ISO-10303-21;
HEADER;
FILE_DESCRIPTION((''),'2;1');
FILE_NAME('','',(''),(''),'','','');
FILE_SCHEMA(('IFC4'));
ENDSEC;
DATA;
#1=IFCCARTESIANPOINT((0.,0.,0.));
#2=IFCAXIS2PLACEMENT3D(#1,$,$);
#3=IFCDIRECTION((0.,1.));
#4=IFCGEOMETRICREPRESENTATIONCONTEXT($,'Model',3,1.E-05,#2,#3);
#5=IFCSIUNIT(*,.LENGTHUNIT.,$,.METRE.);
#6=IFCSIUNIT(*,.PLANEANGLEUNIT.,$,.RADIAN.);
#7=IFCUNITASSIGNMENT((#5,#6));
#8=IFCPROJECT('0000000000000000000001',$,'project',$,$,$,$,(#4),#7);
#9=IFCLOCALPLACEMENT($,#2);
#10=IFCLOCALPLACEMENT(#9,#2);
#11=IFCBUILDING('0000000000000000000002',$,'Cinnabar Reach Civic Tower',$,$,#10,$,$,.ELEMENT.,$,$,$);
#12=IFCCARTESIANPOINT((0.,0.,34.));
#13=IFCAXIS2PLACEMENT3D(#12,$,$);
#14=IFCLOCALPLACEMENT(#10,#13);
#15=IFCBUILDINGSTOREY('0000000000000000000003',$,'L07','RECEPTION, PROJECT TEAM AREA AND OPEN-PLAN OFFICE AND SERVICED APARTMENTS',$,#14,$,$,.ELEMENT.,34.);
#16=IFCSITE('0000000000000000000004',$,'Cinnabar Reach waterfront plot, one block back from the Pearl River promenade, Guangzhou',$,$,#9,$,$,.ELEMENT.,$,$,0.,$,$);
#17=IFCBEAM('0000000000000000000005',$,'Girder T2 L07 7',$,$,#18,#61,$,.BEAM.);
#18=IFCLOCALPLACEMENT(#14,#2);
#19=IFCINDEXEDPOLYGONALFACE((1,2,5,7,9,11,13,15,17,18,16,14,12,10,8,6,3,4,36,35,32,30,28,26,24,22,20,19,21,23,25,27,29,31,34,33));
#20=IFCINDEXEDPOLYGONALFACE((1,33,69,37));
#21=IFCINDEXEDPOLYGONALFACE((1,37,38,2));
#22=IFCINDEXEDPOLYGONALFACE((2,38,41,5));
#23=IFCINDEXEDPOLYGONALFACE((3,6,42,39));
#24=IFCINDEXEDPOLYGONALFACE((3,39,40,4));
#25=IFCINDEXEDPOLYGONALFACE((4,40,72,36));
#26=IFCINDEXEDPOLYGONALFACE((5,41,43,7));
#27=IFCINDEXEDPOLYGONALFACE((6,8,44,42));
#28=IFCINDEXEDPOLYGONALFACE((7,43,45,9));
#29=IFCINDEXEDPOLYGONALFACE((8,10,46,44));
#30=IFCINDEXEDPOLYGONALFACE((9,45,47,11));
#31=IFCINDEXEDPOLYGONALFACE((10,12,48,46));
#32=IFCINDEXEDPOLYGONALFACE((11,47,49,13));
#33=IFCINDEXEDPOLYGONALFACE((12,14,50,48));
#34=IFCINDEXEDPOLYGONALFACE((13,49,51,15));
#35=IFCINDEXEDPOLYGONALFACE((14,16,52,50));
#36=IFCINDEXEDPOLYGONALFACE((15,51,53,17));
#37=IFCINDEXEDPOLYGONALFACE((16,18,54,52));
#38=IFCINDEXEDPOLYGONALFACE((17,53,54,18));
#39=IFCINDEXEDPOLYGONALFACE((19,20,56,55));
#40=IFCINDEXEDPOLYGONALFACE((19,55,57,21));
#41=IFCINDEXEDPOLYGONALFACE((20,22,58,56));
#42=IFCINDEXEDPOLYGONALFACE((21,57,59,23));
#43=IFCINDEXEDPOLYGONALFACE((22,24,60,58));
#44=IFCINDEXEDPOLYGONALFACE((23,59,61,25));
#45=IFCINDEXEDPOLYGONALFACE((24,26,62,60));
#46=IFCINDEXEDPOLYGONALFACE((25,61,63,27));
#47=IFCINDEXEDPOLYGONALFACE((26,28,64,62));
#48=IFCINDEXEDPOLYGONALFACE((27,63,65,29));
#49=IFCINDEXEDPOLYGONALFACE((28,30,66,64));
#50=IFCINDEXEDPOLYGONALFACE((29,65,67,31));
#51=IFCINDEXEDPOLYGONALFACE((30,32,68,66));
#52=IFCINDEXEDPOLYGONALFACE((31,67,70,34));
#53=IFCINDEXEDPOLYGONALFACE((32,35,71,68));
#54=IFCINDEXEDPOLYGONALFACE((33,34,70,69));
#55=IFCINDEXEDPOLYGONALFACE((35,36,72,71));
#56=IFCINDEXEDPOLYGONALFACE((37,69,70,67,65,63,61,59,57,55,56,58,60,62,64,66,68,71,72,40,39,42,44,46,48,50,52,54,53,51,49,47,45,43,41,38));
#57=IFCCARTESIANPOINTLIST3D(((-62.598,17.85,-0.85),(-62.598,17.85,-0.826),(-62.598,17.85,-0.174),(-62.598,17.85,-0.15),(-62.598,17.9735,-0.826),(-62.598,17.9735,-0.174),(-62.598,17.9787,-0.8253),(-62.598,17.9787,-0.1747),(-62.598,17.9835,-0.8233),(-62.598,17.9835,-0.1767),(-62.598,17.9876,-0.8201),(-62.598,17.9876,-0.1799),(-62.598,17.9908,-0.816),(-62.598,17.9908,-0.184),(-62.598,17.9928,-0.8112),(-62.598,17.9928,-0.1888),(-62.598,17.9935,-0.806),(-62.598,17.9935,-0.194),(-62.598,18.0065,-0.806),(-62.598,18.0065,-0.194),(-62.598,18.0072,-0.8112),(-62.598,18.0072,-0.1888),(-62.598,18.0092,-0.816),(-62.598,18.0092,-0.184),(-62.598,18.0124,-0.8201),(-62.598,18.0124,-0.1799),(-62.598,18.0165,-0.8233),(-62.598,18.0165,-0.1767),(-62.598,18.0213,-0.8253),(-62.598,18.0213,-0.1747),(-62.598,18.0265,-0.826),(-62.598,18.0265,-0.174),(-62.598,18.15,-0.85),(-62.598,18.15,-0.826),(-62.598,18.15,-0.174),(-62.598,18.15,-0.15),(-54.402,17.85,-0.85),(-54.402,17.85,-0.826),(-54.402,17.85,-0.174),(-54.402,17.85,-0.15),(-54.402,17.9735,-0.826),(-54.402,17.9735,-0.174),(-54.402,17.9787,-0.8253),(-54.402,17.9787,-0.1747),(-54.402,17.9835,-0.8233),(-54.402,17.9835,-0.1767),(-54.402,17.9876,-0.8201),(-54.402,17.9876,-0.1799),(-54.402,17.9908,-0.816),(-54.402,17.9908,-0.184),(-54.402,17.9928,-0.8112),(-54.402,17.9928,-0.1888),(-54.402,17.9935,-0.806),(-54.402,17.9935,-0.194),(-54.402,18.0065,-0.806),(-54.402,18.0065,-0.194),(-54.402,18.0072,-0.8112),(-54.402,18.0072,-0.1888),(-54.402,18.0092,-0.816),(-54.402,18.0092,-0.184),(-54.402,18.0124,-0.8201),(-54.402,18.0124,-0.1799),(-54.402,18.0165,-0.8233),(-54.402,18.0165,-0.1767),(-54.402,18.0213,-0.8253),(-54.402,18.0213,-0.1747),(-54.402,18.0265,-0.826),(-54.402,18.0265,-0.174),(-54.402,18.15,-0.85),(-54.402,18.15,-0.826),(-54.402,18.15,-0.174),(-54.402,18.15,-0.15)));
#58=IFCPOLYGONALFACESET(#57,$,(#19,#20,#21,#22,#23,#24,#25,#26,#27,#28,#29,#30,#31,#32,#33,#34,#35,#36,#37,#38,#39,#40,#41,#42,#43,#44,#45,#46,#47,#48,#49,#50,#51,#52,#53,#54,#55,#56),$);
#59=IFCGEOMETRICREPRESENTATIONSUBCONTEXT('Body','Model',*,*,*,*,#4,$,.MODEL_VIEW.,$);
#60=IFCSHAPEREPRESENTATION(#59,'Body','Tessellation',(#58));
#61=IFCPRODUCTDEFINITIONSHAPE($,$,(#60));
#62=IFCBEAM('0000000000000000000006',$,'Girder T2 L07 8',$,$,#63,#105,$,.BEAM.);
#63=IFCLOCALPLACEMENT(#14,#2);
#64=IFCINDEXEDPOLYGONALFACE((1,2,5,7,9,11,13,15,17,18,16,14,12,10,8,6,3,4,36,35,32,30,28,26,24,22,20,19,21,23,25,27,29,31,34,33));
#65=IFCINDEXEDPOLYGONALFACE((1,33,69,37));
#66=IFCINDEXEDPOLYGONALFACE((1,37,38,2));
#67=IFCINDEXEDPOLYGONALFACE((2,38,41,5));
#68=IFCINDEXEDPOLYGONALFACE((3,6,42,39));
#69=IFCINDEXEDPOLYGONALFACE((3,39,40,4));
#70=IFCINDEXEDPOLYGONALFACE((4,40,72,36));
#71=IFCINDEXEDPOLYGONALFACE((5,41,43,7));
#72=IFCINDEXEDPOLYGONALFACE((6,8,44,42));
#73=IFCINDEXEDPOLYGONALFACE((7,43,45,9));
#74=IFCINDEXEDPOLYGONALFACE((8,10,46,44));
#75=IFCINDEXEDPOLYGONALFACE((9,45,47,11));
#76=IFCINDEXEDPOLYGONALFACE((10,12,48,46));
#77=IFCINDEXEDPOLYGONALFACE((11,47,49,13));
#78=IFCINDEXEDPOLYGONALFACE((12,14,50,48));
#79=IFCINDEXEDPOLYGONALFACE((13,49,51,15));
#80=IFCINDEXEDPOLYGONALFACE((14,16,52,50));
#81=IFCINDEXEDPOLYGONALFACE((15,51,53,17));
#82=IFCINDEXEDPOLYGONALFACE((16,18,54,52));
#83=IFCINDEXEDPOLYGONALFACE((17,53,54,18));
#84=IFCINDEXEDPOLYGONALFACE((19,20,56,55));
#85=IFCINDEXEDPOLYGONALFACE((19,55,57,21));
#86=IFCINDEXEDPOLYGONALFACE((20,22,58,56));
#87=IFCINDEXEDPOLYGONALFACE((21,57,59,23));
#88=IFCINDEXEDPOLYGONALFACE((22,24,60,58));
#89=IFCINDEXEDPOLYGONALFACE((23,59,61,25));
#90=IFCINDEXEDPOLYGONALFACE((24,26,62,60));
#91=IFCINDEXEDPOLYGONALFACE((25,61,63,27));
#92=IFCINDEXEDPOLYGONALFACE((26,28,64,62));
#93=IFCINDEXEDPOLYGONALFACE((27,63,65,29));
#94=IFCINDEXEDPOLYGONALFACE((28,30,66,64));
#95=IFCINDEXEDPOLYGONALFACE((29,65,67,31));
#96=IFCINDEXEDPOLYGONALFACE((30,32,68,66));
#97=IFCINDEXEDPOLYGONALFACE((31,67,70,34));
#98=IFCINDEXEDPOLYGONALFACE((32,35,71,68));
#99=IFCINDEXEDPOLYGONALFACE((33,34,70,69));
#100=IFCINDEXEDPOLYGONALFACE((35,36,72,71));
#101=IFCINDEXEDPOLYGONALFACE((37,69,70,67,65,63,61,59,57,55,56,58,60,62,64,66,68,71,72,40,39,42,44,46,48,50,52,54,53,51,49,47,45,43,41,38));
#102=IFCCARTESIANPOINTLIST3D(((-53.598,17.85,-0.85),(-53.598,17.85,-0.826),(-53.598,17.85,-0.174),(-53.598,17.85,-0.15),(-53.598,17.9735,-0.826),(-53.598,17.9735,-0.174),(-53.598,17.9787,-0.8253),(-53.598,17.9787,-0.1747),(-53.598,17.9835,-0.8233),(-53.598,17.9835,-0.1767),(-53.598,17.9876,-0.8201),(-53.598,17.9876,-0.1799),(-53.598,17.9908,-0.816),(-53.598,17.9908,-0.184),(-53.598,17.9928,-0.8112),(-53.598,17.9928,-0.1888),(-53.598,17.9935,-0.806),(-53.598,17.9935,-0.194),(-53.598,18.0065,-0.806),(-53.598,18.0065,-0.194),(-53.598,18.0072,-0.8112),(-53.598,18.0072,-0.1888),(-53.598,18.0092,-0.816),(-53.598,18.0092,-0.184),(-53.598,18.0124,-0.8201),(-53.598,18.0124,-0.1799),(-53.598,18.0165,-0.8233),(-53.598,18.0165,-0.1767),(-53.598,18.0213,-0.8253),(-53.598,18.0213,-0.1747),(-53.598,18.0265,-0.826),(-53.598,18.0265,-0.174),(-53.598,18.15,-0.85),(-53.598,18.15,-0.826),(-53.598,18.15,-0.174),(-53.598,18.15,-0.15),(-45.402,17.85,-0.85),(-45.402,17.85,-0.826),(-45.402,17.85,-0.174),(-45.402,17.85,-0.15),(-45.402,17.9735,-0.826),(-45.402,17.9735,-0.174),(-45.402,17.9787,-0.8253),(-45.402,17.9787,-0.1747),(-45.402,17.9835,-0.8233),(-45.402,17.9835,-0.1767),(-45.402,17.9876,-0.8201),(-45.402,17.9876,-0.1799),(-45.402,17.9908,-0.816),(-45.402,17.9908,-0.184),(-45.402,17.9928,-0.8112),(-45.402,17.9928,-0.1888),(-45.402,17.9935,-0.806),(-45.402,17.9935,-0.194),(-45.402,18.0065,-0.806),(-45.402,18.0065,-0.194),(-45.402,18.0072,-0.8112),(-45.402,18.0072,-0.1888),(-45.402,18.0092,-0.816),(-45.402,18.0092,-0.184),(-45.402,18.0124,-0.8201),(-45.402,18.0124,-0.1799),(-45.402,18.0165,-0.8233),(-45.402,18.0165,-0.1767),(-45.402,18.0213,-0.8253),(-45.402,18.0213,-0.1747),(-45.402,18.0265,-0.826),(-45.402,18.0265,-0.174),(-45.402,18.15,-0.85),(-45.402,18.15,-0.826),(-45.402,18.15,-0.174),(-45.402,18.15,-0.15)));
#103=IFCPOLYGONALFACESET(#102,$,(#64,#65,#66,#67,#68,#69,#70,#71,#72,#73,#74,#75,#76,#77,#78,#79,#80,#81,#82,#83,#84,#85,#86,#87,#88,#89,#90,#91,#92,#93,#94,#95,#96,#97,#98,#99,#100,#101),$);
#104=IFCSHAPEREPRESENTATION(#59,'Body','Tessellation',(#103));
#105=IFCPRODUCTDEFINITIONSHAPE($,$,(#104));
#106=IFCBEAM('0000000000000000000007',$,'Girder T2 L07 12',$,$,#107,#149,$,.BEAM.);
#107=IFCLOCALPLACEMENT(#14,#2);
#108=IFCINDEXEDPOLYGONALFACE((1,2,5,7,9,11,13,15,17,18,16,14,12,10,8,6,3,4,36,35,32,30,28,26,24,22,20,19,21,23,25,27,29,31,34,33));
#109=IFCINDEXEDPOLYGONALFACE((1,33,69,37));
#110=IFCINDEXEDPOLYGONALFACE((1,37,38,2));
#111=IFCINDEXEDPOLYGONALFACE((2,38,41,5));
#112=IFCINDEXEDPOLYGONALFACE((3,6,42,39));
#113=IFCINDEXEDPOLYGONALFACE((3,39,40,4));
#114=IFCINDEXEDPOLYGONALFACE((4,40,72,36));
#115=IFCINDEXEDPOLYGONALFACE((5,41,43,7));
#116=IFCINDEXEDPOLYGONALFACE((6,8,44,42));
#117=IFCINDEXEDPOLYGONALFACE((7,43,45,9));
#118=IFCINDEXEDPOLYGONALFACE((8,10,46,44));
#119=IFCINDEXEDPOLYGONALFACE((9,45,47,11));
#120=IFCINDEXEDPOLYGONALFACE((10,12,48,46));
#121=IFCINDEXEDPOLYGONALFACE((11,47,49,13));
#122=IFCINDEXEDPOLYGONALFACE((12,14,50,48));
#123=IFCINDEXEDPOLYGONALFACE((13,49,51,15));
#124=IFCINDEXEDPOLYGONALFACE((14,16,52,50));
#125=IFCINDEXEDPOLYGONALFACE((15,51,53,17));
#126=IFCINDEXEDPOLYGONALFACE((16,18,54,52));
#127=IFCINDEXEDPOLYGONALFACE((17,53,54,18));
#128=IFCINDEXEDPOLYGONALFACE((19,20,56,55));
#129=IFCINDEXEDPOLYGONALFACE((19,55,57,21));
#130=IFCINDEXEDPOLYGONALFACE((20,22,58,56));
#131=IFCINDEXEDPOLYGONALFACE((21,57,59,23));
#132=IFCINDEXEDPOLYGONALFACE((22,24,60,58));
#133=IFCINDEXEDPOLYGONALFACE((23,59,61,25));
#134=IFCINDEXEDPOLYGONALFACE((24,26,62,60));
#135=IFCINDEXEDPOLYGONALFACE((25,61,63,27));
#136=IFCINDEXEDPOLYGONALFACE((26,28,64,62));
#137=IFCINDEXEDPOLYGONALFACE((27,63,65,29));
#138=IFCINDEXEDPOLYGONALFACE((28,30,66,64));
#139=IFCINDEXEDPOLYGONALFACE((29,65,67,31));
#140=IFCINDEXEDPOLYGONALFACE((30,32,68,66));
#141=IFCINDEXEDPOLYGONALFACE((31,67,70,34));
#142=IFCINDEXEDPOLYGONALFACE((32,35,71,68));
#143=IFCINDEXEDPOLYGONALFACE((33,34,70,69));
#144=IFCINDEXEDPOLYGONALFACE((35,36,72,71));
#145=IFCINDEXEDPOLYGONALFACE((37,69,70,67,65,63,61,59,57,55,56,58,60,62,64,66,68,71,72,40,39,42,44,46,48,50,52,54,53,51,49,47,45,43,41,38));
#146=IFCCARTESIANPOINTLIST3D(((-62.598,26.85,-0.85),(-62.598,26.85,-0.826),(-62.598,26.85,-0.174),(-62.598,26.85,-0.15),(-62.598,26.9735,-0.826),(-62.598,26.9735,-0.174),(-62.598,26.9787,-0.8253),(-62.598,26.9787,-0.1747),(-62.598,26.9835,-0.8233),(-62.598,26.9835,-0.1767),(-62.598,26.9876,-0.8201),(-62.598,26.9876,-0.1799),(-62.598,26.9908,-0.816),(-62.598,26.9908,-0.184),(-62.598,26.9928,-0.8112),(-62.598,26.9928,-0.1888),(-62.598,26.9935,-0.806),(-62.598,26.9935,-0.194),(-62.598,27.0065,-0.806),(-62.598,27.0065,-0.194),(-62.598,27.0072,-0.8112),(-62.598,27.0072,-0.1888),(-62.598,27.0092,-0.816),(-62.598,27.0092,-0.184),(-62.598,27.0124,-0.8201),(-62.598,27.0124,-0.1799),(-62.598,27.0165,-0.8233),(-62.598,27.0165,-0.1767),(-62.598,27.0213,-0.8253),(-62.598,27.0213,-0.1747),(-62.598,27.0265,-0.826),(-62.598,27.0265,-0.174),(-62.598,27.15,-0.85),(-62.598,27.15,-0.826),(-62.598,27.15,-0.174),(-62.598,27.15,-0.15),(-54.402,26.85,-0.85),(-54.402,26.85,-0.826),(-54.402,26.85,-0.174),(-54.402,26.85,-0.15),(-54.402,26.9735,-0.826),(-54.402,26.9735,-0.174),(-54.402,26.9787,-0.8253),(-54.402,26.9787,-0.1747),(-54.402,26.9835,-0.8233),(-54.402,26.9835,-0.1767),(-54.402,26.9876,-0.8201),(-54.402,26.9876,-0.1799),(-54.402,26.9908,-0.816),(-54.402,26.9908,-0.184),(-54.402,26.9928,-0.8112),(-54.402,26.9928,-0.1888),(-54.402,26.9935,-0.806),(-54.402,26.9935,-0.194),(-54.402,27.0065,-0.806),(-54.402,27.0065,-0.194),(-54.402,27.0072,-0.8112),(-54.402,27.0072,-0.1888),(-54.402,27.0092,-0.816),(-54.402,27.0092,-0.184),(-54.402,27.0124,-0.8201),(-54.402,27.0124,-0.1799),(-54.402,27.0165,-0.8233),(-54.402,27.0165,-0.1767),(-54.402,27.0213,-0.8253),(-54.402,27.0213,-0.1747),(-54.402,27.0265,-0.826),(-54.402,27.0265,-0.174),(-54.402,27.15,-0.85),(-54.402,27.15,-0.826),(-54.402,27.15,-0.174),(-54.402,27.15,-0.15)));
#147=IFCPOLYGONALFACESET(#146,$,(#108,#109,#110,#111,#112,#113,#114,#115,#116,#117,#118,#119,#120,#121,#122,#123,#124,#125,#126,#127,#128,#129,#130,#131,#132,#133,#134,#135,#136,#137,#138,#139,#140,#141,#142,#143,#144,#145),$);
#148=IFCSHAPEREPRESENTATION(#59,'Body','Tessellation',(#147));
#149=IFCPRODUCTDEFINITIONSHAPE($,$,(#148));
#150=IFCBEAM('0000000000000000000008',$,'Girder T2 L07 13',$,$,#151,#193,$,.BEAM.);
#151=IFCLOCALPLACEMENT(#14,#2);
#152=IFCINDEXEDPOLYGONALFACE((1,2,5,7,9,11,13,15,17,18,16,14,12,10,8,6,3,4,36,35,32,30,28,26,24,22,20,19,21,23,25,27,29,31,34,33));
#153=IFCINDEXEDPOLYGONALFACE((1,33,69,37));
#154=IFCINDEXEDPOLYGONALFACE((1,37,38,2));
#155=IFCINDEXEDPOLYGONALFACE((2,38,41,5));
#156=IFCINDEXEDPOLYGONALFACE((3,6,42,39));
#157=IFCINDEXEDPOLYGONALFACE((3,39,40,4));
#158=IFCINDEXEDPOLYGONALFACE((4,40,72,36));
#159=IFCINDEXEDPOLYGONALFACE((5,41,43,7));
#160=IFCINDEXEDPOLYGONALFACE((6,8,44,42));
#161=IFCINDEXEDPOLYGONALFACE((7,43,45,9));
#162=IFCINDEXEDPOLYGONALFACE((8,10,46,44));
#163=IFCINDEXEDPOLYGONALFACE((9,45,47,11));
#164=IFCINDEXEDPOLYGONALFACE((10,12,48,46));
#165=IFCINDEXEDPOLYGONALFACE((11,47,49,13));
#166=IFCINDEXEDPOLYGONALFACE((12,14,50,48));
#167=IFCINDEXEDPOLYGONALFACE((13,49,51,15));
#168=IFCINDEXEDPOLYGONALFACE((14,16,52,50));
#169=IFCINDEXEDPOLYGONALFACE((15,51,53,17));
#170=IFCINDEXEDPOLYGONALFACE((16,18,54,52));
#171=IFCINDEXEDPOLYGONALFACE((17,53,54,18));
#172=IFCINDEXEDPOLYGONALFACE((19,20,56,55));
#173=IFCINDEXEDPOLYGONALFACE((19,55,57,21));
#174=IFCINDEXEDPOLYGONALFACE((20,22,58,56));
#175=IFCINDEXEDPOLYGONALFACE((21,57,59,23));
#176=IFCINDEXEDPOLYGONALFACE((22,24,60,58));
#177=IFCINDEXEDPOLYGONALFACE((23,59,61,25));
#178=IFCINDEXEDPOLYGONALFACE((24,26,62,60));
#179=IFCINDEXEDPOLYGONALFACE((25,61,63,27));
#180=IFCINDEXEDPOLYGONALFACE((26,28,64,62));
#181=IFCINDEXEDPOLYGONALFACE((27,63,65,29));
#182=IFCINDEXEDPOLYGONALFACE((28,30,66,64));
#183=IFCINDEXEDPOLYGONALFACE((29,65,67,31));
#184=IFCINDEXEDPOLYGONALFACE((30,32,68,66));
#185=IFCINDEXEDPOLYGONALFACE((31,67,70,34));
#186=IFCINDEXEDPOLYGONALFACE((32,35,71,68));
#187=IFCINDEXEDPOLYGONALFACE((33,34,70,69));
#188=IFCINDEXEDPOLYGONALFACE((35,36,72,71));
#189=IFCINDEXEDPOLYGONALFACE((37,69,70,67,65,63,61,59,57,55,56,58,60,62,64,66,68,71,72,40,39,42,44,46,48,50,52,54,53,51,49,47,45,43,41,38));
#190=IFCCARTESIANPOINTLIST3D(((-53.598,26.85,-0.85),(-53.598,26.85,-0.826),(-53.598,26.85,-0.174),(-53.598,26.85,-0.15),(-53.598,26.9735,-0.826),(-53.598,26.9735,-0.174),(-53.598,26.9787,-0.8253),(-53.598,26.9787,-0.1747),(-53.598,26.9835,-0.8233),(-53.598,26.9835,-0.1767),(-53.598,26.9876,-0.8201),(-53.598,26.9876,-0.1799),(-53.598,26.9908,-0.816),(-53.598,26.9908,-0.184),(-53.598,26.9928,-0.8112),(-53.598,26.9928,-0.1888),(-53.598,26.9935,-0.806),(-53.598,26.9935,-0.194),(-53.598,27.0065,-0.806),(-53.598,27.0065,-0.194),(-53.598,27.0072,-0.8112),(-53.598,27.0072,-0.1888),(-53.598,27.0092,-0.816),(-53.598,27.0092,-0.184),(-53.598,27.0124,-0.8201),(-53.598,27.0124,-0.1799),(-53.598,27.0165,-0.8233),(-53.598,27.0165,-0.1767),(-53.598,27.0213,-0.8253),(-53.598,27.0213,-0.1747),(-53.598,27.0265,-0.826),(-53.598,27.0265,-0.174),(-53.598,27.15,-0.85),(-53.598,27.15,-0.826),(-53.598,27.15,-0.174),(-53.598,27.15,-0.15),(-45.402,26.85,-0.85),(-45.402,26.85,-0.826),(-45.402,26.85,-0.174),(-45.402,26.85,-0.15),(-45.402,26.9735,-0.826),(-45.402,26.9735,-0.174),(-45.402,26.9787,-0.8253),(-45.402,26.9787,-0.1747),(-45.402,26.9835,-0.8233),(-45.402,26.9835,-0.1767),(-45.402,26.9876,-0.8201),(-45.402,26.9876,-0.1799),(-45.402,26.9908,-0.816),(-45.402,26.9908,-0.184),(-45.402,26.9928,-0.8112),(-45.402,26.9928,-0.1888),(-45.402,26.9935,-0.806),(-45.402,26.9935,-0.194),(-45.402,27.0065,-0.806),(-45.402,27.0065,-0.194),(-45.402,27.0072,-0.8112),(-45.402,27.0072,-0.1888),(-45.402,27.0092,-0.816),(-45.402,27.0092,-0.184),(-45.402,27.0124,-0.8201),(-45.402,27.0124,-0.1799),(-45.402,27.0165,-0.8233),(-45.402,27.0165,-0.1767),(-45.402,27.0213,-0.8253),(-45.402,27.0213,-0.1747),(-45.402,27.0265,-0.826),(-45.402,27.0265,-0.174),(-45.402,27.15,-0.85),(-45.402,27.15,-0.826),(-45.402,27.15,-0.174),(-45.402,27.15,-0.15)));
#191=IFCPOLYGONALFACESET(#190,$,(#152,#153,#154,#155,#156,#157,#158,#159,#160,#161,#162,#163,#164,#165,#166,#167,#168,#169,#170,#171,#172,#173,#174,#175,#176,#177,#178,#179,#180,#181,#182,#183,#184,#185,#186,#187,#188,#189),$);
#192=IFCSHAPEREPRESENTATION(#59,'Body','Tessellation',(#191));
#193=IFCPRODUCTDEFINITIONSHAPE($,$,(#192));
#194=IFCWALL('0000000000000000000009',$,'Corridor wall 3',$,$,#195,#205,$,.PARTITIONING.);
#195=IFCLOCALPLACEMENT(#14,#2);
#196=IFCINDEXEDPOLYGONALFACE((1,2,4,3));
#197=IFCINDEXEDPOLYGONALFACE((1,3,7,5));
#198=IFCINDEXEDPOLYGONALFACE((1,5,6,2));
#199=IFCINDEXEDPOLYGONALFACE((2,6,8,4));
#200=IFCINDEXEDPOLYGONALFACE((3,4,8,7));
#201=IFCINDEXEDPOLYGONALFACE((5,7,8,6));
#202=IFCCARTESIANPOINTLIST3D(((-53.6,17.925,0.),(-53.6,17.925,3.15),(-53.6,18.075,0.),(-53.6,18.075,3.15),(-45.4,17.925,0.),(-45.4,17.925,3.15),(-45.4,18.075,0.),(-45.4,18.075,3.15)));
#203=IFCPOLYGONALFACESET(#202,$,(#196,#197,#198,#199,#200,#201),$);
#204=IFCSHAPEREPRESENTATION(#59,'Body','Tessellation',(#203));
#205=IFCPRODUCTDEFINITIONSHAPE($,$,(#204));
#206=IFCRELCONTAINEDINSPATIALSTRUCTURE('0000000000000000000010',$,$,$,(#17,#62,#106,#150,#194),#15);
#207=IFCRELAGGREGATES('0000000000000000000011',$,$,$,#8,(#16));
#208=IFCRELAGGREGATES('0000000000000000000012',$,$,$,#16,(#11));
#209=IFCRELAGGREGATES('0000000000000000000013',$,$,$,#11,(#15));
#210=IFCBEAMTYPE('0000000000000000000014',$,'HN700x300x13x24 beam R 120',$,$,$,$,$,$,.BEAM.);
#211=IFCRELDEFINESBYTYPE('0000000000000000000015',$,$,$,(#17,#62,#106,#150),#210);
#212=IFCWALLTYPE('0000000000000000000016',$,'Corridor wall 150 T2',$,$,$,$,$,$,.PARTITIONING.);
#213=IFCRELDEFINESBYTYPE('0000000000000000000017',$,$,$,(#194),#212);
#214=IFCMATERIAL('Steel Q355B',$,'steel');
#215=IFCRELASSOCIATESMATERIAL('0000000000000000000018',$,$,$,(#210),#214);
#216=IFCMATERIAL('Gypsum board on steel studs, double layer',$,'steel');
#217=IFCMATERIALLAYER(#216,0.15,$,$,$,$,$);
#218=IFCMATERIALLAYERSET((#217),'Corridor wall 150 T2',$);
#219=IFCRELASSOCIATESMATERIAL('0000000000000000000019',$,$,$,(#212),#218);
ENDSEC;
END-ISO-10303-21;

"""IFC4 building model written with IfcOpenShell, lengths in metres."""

from ifc_helpers import new_model, si_unit, direction, frame, frame_2d, origin, origin_2d, place, context, subcontext, project, spatial, rectangle, i_section, extrude, material, layer, layer_set, material_profile, profile_set, type_object, element, save


model = new_model("IFC4")

# Units and contexts
model_context = context("Model", 3, precision=1e-05, world=origin(), true_north=direction((0.0, 1.0)))
body_context = subcontext(model_context, "Body", "Model", "MODEL_VIEW")
ifc_project = project(units=[si_unit("LENGTHUNIT", "METRE"), si_unit("PLANEANGLEUNIT", "RADIAN")], contexts=[model_context])

# Site, building, storey
site_placement = place(None, origin())
site = spatial("IfcSite", under=ifc_project, at=site_placement, Name="Cinnabar Reach waterfront plot, one block back from the Pearl River promenade, Guangzhou", CompositionType="ELEMENT", RefElevation=0.0)
building_placement = place(site_placement, origin())
building = spatial("IfcBuilding", under=site, at=building_placement, Name="Cinnabar Reach Civic Tower", CompositionType="ELEMENT")
storey_placement = place(building_placement, frame((0.0, 0.0, 34.0)))
storey = spatial("IfcBuildingStorey", under=building, at=storey_placement, Name="L07", Description="RECEPTION, PROJECT TEAM AREA AND OPEN-PLAN OFFICE AND SERVICED APARTMENTS", CompositionType="ELEMENT", Elevation=34.0)

# Beams
ifc_material_1 = material(Name="Steel Q355B", Category="steel")
ifc_material_profile_1 = material_profile(ifc_material_1, i_section(OverallWidth=0.3, OverallDepth=0.7, WebThickness=0.013, FlangeThickness=0.024, FilletRadius=0.02, at=origin_2d()), Name="HN700x300x13x24")
ifc_profile_set_1 = profile_set([ifc_material_profile_1], Name="Steel Q355B")
beam_type_1 = type_object("IfcBeamType", Name="HN700x300x13x24 beam R 120", PredefinedType="BEAM", material=ifc_profile_set_1)
for number, where, z_axis, x_axis, name in (
    (1, (-62.598, 18.0, -0.5), (1.0, 0.0, 0.0), (0.0, 1.0, 0.0), "Girder T2 L07 7"),
    (2, (-53.598, 18.0, -0.5), (1.0, 0.0, 0.0), (0.0, 1.0, 0.0), "Girder T2 L07 8"),
    (3, (-62.598, 27.0, -0.5), (1.0, 0.0, 0.0), (0.0, 1.0, 0.0), "Girder T2 L07 12"),
    (4, (-53.598, 27.0, -0.5), (1.0, 0.0, 0.0), (0.0, 1.0, 0.0), "Girder T2 L07 13"),
):
    element("IfcBeam", number, at=place(storey_placement, frame(where, z_axis=z_axis, x_axis=x_axis)), inside=storey, type_object=beam_type_1, Name=name, PredefinedType="BEAM", context=body_context, shape_type="SweptSolid", body=[
        extrude(i_section(OverallWidth=0.3, OverallDepth=0.7, WebThickness=0.013, FlangeThickness=0.024, FilletRadius=0.02, at=origin_2d()), origin(), (0.0, 0.0, 1.0), 8.196),
    ])

# Wall
ifc_material_2 = material(Name="Gypsum board on steel studs, double layer", Category="steel")
ifc_layer_1 = layer(ifc_material_2, 0.15)
ifc_layer_set_1 = layer_set([ifc_layer_1], Name="Corridor wall 150 T2")
wall_type_1 = type_object("IfcWallType", Name="Corridor wall 150 T2", PredefinedType="PARTITIONING", material=ifc_layer_set_1)
wall_1_placement = place(storey_placement, frame((-53.6, 18.0, 0.0), z_axis=(0.0, 0.0, 1.0), x_axis=(1.0, 0.0, 0.0)))
element("IfcWall", 5, at=wall_1_placement, inside=storey, type_object=wall_type_1, Name="Corridor wall 3", PredefinedType="PARTITIONING", context=body_context, shape_type="SweptSolid", body=[
    extrude(rectangle(XDim=8.2, YDim=0.15, at=frame_2d((4.1, 0.0))), origin(), (0.0, 0.0, 1.0), 3.15),
])

save(model, "model.ifc")
